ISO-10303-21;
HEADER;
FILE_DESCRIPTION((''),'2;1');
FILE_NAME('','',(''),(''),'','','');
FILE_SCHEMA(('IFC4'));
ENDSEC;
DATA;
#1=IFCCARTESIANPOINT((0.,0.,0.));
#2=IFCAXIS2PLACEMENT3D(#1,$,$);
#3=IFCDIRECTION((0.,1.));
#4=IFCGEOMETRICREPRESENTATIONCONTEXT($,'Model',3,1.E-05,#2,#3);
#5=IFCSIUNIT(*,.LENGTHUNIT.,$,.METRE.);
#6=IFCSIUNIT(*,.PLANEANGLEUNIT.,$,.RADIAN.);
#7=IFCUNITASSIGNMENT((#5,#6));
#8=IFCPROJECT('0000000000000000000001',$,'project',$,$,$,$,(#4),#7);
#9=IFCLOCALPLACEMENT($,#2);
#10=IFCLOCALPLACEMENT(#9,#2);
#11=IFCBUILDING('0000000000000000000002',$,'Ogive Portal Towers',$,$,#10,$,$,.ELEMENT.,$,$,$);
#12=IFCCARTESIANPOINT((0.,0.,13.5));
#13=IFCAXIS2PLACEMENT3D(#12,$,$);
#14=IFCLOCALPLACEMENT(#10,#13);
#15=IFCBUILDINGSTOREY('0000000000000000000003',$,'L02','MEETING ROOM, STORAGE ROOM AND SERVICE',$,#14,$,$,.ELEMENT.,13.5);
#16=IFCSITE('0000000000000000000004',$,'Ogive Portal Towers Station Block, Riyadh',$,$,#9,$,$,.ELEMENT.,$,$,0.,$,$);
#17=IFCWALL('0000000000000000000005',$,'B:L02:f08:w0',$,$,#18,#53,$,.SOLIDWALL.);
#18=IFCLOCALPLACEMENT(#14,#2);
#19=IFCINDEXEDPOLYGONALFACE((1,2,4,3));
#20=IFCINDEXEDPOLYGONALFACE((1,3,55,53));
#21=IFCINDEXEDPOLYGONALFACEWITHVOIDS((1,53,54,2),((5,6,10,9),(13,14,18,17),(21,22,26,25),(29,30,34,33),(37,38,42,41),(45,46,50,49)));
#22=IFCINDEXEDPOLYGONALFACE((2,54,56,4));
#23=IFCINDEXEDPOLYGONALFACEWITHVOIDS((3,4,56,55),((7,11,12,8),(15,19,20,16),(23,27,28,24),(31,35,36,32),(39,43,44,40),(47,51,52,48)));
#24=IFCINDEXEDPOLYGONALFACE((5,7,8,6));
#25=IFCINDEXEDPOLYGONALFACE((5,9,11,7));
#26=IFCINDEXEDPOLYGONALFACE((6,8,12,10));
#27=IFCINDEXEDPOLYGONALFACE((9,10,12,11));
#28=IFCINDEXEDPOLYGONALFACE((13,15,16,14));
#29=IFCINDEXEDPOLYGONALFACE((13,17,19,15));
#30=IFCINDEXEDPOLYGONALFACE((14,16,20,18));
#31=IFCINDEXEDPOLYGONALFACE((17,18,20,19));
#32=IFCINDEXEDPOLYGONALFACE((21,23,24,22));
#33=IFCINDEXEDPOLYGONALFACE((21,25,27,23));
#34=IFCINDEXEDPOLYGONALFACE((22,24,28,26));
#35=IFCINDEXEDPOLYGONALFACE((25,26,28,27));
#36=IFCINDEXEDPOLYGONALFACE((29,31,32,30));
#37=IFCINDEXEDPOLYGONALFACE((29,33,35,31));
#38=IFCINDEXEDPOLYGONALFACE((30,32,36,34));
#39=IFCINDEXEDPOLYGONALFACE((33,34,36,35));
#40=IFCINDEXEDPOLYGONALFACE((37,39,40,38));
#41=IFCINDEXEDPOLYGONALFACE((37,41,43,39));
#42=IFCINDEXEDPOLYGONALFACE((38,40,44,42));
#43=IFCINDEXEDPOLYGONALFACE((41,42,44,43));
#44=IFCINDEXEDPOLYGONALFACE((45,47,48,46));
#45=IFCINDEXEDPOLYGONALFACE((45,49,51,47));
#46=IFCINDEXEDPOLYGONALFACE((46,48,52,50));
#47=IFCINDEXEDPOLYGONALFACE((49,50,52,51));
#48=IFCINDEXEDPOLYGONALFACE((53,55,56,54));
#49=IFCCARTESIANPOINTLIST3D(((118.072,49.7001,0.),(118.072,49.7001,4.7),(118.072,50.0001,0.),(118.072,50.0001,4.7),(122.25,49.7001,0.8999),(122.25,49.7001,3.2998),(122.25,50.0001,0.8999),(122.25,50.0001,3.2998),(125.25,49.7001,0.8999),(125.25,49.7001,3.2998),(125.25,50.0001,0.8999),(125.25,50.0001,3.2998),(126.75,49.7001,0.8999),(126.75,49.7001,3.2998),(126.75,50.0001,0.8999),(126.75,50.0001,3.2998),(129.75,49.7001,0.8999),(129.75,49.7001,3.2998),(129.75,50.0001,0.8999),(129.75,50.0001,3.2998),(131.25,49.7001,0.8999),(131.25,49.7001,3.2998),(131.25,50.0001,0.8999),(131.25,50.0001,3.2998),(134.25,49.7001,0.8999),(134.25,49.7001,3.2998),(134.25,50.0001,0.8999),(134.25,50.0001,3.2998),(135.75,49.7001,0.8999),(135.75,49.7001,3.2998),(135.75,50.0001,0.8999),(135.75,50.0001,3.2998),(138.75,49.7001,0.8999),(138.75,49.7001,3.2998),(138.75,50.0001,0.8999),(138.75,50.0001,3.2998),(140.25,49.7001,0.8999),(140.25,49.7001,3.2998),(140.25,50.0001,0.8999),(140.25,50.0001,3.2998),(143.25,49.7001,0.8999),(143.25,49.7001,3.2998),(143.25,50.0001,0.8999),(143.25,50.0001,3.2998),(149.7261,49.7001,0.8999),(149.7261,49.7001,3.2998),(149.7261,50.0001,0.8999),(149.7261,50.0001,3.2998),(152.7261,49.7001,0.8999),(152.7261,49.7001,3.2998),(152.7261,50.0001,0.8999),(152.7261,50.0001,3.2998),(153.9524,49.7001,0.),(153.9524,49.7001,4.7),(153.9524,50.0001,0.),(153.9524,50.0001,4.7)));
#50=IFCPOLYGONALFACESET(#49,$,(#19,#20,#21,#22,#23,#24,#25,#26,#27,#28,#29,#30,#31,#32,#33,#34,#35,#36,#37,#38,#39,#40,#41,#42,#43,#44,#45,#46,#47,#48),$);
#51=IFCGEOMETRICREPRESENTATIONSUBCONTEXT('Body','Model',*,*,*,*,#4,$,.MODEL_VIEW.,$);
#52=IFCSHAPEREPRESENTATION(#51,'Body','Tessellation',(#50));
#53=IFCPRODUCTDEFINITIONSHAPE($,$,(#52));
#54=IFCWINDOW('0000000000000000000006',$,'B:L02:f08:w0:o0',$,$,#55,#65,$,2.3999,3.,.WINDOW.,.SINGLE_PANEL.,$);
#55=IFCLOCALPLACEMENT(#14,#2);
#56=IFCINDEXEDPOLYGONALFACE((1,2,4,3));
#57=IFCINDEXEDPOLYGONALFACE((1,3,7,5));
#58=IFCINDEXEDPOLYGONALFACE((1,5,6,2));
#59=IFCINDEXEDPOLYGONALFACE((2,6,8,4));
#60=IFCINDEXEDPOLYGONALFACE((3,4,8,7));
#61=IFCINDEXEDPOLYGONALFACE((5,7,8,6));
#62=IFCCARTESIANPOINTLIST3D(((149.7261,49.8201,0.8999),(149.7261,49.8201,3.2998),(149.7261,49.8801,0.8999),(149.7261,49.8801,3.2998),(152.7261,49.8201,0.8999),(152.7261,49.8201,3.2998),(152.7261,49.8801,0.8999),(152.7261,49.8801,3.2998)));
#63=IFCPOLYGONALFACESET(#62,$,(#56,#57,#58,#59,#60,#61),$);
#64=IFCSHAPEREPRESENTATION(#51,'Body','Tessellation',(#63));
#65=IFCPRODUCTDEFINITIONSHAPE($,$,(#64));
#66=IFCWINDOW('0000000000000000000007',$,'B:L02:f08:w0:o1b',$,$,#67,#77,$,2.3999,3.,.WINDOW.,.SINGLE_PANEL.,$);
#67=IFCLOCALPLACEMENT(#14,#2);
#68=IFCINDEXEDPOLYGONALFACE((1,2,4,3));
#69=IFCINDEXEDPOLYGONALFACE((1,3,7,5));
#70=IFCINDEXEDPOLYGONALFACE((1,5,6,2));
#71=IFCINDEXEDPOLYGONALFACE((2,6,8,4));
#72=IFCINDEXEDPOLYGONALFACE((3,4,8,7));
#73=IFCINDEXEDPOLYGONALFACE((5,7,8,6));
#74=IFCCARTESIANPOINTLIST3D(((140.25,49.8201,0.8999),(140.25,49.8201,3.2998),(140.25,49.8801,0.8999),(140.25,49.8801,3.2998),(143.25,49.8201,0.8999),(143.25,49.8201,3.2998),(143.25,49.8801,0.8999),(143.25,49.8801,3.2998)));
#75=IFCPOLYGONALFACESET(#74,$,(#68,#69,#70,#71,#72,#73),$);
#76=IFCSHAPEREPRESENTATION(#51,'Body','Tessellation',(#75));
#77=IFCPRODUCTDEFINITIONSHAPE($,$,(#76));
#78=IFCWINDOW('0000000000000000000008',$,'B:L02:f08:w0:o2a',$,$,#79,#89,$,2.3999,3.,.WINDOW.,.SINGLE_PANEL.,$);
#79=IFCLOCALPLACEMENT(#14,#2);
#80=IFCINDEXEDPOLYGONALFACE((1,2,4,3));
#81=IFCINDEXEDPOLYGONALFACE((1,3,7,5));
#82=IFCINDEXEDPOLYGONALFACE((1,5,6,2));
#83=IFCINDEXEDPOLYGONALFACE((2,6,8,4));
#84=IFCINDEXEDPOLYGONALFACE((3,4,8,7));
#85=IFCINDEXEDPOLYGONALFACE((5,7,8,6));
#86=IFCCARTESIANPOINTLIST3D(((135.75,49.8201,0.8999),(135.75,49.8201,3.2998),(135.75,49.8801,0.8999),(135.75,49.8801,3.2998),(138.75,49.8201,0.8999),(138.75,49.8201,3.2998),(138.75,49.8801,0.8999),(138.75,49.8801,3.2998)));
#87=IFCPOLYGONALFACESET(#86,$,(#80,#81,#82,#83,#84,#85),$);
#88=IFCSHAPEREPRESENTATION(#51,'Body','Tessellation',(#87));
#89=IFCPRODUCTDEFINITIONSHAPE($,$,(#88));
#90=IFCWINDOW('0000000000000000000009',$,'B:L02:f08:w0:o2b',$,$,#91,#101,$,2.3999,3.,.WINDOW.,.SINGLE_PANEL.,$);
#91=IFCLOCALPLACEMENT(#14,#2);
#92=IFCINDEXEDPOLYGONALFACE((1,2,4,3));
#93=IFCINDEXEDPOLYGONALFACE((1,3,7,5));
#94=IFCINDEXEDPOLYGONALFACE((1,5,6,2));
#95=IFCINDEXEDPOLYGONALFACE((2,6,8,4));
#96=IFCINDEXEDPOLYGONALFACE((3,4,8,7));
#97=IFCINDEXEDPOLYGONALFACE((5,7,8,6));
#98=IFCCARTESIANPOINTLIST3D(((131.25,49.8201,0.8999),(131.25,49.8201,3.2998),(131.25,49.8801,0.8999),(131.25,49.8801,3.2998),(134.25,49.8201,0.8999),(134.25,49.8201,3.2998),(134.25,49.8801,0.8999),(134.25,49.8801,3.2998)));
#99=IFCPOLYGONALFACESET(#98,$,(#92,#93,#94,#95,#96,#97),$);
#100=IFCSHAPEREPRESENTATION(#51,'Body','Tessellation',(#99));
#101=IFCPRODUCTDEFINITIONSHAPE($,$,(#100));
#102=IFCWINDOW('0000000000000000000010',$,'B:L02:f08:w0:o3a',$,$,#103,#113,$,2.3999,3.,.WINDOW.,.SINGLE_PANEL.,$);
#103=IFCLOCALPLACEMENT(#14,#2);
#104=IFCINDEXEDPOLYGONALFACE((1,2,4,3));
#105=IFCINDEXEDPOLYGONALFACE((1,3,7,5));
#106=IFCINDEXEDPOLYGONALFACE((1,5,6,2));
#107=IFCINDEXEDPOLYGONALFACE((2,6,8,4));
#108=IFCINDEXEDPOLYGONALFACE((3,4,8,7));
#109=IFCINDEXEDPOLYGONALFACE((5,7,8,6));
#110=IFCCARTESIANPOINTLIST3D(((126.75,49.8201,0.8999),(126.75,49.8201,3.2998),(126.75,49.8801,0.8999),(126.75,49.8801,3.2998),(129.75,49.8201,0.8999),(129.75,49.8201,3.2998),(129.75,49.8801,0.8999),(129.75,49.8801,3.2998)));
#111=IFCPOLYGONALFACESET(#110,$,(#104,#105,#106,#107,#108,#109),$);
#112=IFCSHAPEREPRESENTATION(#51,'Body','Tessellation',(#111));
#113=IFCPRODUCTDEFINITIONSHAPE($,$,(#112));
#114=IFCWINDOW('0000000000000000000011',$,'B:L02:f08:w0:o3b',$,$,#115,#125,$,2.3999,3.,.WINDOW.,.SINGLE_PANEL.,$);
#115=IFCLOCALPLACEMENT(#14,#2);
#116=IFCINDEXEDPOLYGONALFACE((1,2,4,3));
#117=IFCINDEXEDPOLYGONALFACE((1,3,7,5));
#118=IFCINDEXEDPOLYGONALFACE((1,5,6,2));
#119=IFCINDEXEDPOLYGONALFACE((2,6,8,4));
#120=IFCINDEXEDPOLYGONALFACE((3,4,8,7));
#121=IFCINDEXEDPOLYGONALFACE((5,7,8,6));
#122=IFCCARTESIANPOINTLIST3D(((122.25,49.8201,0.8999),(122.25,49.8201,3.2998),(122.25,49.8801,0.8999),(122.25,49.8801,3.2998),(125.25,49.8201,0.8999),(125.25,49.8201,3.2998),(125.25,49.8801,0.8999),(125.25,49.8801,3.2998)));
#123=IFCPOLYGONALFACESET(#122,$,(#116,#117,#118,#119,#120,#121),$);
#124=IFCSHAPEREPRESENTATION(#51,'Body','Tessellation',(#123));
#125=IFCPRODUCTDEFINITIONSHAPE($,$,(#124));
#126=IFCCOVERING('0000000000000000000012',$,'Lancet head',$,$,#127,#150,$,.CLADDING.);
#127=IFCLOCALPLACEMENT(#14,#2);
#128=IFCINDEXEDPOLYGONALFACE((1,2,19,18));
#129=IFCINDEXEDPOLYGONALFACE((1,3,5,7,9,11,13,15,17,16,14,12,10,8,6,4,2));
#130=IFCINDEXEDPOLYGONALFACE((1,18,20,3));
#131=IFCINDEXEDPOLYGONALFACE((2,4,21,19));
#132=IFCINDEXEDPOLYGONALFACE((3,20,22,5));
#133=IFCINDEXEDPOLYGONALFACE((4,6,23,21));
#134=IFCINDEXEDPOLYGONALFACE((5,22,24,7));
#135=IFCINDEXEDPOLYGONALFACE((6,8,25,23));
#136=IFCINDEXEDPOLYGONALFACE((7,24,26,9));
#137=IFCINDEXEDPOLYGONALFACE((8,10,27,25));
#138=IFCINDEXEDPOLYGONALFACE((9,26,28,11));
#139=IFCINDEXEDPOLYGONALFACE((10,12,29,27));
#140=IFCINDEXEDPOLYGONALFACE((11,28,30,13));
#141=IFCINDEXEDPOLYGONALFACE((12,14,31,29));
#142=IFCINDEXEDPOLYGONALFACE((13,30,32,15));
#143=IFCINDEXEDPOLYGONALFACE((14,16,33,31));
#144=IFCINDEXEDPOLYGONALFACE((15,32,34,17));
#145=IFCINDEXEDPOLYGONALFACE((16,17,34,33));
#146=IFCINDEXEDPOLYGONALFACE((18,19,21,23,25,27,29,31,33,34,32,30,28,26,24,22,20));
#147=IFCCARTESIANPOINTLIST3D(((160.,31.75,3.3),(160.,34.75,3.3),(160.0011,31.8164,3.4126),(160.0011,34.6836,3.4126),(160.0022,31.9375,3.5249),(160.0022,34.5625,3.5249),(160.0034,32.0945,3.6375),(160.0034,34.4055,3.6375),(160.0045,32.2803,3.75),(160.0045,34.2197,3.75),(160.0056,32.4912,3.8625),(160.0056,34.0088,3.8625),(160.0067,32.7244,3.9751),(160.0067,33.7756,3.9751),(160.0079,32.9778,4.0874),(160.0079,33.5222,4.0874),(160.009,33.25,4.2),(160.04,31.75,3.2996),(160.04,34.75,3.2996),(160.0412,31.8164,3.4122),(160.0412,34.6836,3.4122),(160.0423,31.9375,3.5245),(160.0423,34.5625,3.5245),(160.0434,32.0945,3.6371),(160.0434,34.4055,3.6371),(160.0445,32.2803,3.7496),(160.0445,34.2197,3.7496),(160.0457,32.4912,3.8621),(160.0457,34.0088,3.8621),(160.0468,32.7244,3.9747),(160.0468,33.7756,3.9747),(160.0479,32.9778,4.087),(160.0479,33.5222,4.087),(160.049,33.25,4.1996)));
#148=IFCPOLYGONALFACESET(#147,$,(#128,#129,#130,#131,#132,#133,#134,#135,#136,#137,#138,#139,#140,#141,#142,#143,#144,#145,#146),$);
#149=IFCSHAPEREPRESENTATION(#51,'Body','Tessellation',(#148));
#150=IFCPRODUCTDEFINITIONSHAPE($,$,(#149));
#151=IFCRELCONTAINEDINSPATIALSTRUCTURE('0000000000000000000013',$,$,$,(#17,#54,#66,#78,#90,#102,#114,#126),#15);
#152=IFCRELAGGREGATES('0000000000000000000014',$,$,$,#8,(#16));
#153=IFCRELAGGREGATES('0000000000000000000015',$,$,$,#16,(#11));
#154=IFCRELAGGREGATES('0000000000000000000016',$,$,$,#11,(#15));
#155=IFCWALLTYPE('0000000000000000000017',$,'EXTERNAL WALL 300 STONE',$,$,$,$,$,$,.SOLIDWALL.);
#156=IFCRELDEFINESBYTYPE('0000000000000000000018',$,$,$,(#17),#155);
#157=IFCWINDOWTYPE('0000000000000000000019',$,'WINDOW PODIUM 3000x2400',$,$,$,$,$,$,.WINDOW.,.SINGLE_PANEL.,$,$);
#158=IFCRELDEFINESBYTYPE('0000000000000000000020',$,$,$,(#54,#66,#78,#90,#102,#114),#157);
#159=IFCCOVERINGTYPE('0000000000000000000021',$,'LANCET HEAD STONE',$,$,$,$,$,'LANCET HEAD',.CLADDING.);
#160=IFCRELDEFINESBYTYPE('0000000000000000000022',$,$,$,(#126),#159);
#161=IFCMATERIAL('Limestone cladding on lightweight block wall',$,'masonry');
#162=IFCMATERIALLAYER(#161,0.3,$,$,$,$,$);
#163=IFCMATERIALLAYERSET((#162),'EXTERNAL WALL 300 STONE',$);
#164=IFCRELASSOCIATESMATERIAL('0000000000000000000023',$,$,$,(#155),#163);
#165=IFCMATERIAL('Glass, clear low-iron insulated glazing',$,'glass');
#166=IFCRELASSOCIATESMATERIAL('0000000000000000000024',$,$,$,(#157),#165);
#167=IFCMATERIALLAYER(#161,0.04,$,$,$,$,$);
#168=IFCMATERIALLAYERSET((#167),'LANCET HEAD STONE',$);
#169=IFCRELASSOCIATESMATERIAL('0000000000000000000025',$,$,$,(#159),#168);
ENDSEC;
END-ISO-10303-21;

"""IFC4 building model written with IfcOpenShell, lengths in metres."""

from ifc_helpers import new_model, si_unit, direction, frame, frame_2d, origin, place, context, subcontext, project, spatial, polyline, rectangle, outline, extrude, material, layer, layer_set, type_object, element, fill, save


model = new_model("IFC4")

# Units and contexts
model_context = context("Model", 3, precision=1e-05, world=origin(), true_north=direction((0.0, 1.0)))
body_context = subcontext(model_context, "Body", "Model", "MODEL_VIEW")
ifc_project = project(units=[si_unit("LENGTHUNIT", "METRE"), si_unit("PLANEANGLEUNIT", "RADIAN")], contexts=[model_context])

# Site, building, storey
site_placement = place(None, origin())
site = spatial("IfcSite", under=ifc_project, at=site_placement, Name="Ogive Portal Towers Station Block, Riyadh", CompositionType="ELEMENT", RefElevation=0.0)
building_placement = place(site_placement, origin())
building = spatial("IfcBuilding", under=site, at=building_placement, Name="Ogive Portal Towers", CompositionType="ELEMENT")
storey_placement = place(building_placement, frame((0.0, 0.0, 13.5)))
storey = spatial("IfcBuildingStorey", under=building, at=storey_placement, Name="L02", Description="MEETING ROOM, STORAGE ROOM AND SERVICE", CompositionType="ELEMENT", Elevation=13.5)

# Shared definitions
ifc_material_1 = material(Name="Limestone cladding on lightweight block wall", Category="masonry")
ifc_layer_1 = layer(ifc_material_1, 0.3)
ifc_layer_set_1 = layer_set([ifc_layer_1], Name="EXTERNAL WALL 300 STONE")
wall_type = type_object("IfcWallType", Name="EXTERNAL WALL 300 STONE", PredefinedType="SOLIDWALL", material=ifc_layer_set_1)
ifc_material_2 = material(Name="Glass, clear low-iron insulated glazing", Category="glass")
window_type = type_object("IfcWindowType", Name="WINDOW PODIUM 3000x2400", PartitioningType="SINGLE_PANEL", PredefinedType="WINDOW", material=ifc_material_2)

# Wall, openings, windows
wall_1_placement = place(storey_placement, frame((153.9524, 49.8501, 0.0), z_axis=(0.0, 0.0, 1.0), x_axis=(-1.0, 0.0, 0.0)))
wall_1 = element("IfcWall", 1, at=wall_1_placement, inside=storey, type_object=wall_type, Name="B:L02:f08:w0", PredefinedType="SOLIDWALL", context=body_context, shape_type="SweptSolid", body=[
    extrude(rectangle(XDim=35.8804, YDim=0.3, at=frame_2d((17.9402, 0.0))), origin(), (0.0, 0.0, 1.0), 4.7),
])
opening_1_placement = place(wall_1_placement, frame((1.2263, 0.0, 0.8999)))
opening_1 = element("IfcOpeningElement", 2, at=opening_1_placement, cuts=wall_1, PredefinedType="OPENING", context=body_context, shape_type="SweptSolid", body=[
    extrude(rectangle(XDim=3.0, YDim=2.3999, at=frame_2d((1.5, 1.2))), frame((0.0, 0.1602, 0.0), z_axis=(0.0, -1.0, 0.0), x_axis=(1.0, 0.0, 0.0)), (0.0, 0.0, 1.0), 0.3201),
])
opening_2_placement = place(wall_1_placement, frame((10.7024, 0.0, 0.8999)))
opening_2 = element("IfcOpeningElement", 3, at=opening_2_placement, cuts=wall_1, PredefinedType="OPENING", context=body_context, shape_type="SweptSolid", body=[
    extrude(rectangle(XDim=3.0, YDim=2.3999, at=frame_2d((1.5, 1.2))), frame((0.0, 0.1602, 0.0), z_axis=(0.0, -1.0, 0.0), x_axis=(1.0, 0.0, 0.0)), (0.0, 0.0, 1.0), 0.3201),
])
opening_3_placement = place(wall_1_placement, frame((15.2024, 0.0, 0.8999)))
opening_3 = element("IfcOpeningElement", 4, at=opening_3_placement, cuts=wall_1, PredefinedType="OPENING", context=body_context, shape_type="SweptSolid", body=[
    extrude(rectangle(XDim=3.0, YDim=2.3999, at=frame_2d((1.5, 1.2))), frame((0.0, 0.1602, 0.0), z_axis=(0.0, -1.0, 0.0), x_axis=(1.0, 0.0, 0.0)), (0.0, 0.0, 1.0), 0.3201),
])
opening_4_placement = place(wall_1_placement, frame((19.7024, 0.0, 0.8999)))
opening_4 = element("IfcOpeningElement", 5, at=opening_4_placement, cuts=wall_1, PredefinedType="OPENING", context=body_context, shape_type="SweptSolid", body=[
    extrude(rectangle(XDim=3.0, YDim=2.3999, at=frame_2d((1.5, 1.2))), frame((0.0, 0.1602, 0.0), z_axis=(0.0, -1.0, 0.0), x_axis=(1.0, 0.0, 0.0)), (0.0, 0.0, 1.0), 0.3201),
])
opening_5_placement = place(wall_1_placement, frame((24.2024, 0.0, 0.8999)))
opening_5 = element("IfcOpeningElement", 6, at=opening_5_placement, cuts=wall_1, PredefinedType="OPENING", context=body_context, shape_type="SweptSolid", body=[
    extrude(rectangle(XDim=3.0, YDim=2.3999, at=frame_2d((1.5, 1.2))), frame((0.0, 0.1602, 0.0), z_axis=(0.0, -1.0, 0.0), x_axis=(1.0, 0.0, 0.0)), (0.0, 0.0, 1.0), 0.3201),
])
opening_6_placement = place(wall_1_placement, frame((28.7024, 0.0, 0.8999)))
opening_6 = element("IfcOpeningElement", 7, at=opening_6_placement, cuts=wall_1, PredefinedType="OPENING", context=body_context, shape_type="SweptSolid", body=[
    extrude(rectangle(XDim=3.0, YDim=2.3999, at=frame_2d((1.5, 1.2))), frame((0.0, 0.1602, 0.0), z_axis=(0.0, -1.0, 0.0), x_axis=(1.0, 0.0, 0.0)), (0.0, 0.0, 1.0), 0.3201),
])
window_1_placement = place(opening_1_placement, origin())
window_1 = element("IfcWindow", 8, at=window_1_placement, inside=storey, type_object=window_type, Name="B:L02:f08:w0:o0", OverallHeight=2.3999, OverallWidth=3.0, PartitioningType="SINGLE_PANEL", PredefinedType="WINDOW", context=body_context, shape_type="SweptSolid", body=[
    extrude(rectangle(XDim=3.0, YDim=2.3999, at=frame_2d((1.5, 1.2))), frame((0.0, 0.03, 0.0), z_axis=(0.0, -1.0, 0.0), x_axis=(1.0, 0.0, 0.0)), (0.0, 0.0, 1.0), 0.0601),
])
fill(opening_1, window_1)
window_2_placement = place(opening_2_placement, origin())
window_2 = element("IfcWindow", 9, at=window_2_placement, inside=storey, type_object=window_type, Name="B:L02:f08:w0:o1b", OverallHeight=2.3999, OverallWidth=3.0, PartitioningType="SINGLE_PANEL", PredefinedType="WINDOW", context=body_context, shape_type="SweptSolid", body=[
    extrude(rectangle(XDim=3.0, YDim=2.3999, at=frame_2d((1.5, 1.2))), frame((0.0, 0.03, 0.0), z_axis=(0.0, -1.0, 0.0), x_axis=(1.0, 0.0, 0.0)), (0.0, 0.0, 1.0), 0.0601),
])
fill(opening_2, window_2)
window_3_placement = place(opening_3_placement, origin())
window_3 = element("IfcWindow", 10, at=window_3_placement, inside=storey, type_object=window_type, Name="B:L02:f08:w0:o2a", OverallHeight=2.3999, OverallWidth=3.0, PartitioningType="SINGLE_PANEL", PredefinedType="WINDOW", context=body_context, shape_type="SweptSolid", body=[
    extrude(rectangle(XDim=3.0, YDim=2.3999, at=frame_2d((1.5, 1.2))), frame((0.0, 0.03, 0.0), z_axis=(0.0, -1.0, 0.0), x_axis=(1.0, 0.0, 0.0)), (0.0, 0.0, 1.0), 0.0601),
])
fill(opening_3, window_3)
window_4_placement = place(opening_4_placement, origin())
window_4 = element("IfcWindow", 11, at=window_4_placement, inside=storey, type_object=window_type, Name="B:L02:f08:w0:o2b", OverallHeight=2.3999, OverallWidth=3.0, PartitioningType="SINGLE_PANEL", PredefinedType="WINDOW", context=body_context, shape_type="SweptSolid", body=[
    extrude(rectangle(XDim=3.0, YDim=2.3999, at=frame_2d((1.5, 1.2))), frame((0.0, 0.03, 0.0), z_axis=(0.0, -1.0, 0.0), x_axis=(1.0, 0.0, 0.0)), (0.0, 0.0, 1.0), 0.0601),
])
fill(opening_4, window_4)
window_5_placement = place(opening_5_placement, origin())
window_5 = element("IfcWindow", 12, at=window_5_placement, inside=storey, type_object=window_type, Name="B:L02:f08:w0:o3a", OverallHeight=2.3999, OverallWidth=3.0, PartitioningType="SINGLE_PANEL", PredefinedType="WINDOW", context=body_context, shape_type="SweptSolid", body=[
    extrude(rectangle(XDim=3.0, YDim=2.3999, at=frame_2d((1.5, 1.2))), frame((0.0, 0.03, 0.0), z_axis=(0.0, -1.0, 0.0), x_axis=(1.0, 0.0, 0.0)), (0.0, 0.0, 1.0), 0.0601),
])
fill(opening_5, window_5)
window_6_placement = place(opening_6_placement, origin())
window_6 = element("IfcWindow", 13, at=window_6_placement, inside=storey, type_object=window_type, Name="B:L02:f08:w0:o3b", OverallHeight=2.3999, OverallWidth=3.0, PartitioningType="SINGLE_PANEL", PredefinedType="WINDOW", context=body_context, shape_type="SweptSolid", body=[
    extrude(rectangle(XDim=3.0, YDim=2.3999, at=frame_2d((1.5, 1.2))), frame((0.0, 0.03, 0.0), z_axis=(0.0, -1.0, 0.0), x_axis=(1.0, 0.0, 0.0)), (0.0, 0.0, 1.0), 0.0601),
])
fill(opening_6, window_6)

# Covering
ifc_layer_2 = layer(ifc_material_1, 0.04)
ifc_layer_set_2 = layer_set([ifc_layer_2], Name="LANCET HEAD STONE")
covering_type_1 = type_object("IfcCoveringType", Name="LANCET HEAD STONE", ElementType="LANCET HEAD", PredefinedType="CLADDING", material=ifc_layer_set_2)
covering_1_placement = place(storey_placement, frame((160.0, 31.75, 3.3), z_axis=(-0.99995, 0.0, 0.009994), x_axis=(0.0, 1.0, 0.0)))
element("IfcCovering", 14, at=covering_1_placement, inside=storey, type_object=covering_type_1, Name="Lancet head", PredefinedType="CLADDING", context=body_context, shape_type="SweptSolid", body=[
    extrude(outline(polyline([(0.0, 0.0), (3.0, 0.0), (2.9336, -0.1126), (2.8125, -0.2249), (2.6555, -0.3374), (2.4697, -0.45), (2.2588, -0.5625), (2.0256, -0.6751), (1.7722, -0.7874), (1.5, -0.8999), (1.2278, -0.7874), (0.9744, -0.6751), (0.7412, -0.5625), (0.5303, -0.45), (0.3445, -0.3374), (0.1875, -0.2249), (0.0664, -0.1126), (0.0, 0.0)])), origin(), (0.0, 0.0, -1.0), 0.04),
])

save(model, "model.ifc")
